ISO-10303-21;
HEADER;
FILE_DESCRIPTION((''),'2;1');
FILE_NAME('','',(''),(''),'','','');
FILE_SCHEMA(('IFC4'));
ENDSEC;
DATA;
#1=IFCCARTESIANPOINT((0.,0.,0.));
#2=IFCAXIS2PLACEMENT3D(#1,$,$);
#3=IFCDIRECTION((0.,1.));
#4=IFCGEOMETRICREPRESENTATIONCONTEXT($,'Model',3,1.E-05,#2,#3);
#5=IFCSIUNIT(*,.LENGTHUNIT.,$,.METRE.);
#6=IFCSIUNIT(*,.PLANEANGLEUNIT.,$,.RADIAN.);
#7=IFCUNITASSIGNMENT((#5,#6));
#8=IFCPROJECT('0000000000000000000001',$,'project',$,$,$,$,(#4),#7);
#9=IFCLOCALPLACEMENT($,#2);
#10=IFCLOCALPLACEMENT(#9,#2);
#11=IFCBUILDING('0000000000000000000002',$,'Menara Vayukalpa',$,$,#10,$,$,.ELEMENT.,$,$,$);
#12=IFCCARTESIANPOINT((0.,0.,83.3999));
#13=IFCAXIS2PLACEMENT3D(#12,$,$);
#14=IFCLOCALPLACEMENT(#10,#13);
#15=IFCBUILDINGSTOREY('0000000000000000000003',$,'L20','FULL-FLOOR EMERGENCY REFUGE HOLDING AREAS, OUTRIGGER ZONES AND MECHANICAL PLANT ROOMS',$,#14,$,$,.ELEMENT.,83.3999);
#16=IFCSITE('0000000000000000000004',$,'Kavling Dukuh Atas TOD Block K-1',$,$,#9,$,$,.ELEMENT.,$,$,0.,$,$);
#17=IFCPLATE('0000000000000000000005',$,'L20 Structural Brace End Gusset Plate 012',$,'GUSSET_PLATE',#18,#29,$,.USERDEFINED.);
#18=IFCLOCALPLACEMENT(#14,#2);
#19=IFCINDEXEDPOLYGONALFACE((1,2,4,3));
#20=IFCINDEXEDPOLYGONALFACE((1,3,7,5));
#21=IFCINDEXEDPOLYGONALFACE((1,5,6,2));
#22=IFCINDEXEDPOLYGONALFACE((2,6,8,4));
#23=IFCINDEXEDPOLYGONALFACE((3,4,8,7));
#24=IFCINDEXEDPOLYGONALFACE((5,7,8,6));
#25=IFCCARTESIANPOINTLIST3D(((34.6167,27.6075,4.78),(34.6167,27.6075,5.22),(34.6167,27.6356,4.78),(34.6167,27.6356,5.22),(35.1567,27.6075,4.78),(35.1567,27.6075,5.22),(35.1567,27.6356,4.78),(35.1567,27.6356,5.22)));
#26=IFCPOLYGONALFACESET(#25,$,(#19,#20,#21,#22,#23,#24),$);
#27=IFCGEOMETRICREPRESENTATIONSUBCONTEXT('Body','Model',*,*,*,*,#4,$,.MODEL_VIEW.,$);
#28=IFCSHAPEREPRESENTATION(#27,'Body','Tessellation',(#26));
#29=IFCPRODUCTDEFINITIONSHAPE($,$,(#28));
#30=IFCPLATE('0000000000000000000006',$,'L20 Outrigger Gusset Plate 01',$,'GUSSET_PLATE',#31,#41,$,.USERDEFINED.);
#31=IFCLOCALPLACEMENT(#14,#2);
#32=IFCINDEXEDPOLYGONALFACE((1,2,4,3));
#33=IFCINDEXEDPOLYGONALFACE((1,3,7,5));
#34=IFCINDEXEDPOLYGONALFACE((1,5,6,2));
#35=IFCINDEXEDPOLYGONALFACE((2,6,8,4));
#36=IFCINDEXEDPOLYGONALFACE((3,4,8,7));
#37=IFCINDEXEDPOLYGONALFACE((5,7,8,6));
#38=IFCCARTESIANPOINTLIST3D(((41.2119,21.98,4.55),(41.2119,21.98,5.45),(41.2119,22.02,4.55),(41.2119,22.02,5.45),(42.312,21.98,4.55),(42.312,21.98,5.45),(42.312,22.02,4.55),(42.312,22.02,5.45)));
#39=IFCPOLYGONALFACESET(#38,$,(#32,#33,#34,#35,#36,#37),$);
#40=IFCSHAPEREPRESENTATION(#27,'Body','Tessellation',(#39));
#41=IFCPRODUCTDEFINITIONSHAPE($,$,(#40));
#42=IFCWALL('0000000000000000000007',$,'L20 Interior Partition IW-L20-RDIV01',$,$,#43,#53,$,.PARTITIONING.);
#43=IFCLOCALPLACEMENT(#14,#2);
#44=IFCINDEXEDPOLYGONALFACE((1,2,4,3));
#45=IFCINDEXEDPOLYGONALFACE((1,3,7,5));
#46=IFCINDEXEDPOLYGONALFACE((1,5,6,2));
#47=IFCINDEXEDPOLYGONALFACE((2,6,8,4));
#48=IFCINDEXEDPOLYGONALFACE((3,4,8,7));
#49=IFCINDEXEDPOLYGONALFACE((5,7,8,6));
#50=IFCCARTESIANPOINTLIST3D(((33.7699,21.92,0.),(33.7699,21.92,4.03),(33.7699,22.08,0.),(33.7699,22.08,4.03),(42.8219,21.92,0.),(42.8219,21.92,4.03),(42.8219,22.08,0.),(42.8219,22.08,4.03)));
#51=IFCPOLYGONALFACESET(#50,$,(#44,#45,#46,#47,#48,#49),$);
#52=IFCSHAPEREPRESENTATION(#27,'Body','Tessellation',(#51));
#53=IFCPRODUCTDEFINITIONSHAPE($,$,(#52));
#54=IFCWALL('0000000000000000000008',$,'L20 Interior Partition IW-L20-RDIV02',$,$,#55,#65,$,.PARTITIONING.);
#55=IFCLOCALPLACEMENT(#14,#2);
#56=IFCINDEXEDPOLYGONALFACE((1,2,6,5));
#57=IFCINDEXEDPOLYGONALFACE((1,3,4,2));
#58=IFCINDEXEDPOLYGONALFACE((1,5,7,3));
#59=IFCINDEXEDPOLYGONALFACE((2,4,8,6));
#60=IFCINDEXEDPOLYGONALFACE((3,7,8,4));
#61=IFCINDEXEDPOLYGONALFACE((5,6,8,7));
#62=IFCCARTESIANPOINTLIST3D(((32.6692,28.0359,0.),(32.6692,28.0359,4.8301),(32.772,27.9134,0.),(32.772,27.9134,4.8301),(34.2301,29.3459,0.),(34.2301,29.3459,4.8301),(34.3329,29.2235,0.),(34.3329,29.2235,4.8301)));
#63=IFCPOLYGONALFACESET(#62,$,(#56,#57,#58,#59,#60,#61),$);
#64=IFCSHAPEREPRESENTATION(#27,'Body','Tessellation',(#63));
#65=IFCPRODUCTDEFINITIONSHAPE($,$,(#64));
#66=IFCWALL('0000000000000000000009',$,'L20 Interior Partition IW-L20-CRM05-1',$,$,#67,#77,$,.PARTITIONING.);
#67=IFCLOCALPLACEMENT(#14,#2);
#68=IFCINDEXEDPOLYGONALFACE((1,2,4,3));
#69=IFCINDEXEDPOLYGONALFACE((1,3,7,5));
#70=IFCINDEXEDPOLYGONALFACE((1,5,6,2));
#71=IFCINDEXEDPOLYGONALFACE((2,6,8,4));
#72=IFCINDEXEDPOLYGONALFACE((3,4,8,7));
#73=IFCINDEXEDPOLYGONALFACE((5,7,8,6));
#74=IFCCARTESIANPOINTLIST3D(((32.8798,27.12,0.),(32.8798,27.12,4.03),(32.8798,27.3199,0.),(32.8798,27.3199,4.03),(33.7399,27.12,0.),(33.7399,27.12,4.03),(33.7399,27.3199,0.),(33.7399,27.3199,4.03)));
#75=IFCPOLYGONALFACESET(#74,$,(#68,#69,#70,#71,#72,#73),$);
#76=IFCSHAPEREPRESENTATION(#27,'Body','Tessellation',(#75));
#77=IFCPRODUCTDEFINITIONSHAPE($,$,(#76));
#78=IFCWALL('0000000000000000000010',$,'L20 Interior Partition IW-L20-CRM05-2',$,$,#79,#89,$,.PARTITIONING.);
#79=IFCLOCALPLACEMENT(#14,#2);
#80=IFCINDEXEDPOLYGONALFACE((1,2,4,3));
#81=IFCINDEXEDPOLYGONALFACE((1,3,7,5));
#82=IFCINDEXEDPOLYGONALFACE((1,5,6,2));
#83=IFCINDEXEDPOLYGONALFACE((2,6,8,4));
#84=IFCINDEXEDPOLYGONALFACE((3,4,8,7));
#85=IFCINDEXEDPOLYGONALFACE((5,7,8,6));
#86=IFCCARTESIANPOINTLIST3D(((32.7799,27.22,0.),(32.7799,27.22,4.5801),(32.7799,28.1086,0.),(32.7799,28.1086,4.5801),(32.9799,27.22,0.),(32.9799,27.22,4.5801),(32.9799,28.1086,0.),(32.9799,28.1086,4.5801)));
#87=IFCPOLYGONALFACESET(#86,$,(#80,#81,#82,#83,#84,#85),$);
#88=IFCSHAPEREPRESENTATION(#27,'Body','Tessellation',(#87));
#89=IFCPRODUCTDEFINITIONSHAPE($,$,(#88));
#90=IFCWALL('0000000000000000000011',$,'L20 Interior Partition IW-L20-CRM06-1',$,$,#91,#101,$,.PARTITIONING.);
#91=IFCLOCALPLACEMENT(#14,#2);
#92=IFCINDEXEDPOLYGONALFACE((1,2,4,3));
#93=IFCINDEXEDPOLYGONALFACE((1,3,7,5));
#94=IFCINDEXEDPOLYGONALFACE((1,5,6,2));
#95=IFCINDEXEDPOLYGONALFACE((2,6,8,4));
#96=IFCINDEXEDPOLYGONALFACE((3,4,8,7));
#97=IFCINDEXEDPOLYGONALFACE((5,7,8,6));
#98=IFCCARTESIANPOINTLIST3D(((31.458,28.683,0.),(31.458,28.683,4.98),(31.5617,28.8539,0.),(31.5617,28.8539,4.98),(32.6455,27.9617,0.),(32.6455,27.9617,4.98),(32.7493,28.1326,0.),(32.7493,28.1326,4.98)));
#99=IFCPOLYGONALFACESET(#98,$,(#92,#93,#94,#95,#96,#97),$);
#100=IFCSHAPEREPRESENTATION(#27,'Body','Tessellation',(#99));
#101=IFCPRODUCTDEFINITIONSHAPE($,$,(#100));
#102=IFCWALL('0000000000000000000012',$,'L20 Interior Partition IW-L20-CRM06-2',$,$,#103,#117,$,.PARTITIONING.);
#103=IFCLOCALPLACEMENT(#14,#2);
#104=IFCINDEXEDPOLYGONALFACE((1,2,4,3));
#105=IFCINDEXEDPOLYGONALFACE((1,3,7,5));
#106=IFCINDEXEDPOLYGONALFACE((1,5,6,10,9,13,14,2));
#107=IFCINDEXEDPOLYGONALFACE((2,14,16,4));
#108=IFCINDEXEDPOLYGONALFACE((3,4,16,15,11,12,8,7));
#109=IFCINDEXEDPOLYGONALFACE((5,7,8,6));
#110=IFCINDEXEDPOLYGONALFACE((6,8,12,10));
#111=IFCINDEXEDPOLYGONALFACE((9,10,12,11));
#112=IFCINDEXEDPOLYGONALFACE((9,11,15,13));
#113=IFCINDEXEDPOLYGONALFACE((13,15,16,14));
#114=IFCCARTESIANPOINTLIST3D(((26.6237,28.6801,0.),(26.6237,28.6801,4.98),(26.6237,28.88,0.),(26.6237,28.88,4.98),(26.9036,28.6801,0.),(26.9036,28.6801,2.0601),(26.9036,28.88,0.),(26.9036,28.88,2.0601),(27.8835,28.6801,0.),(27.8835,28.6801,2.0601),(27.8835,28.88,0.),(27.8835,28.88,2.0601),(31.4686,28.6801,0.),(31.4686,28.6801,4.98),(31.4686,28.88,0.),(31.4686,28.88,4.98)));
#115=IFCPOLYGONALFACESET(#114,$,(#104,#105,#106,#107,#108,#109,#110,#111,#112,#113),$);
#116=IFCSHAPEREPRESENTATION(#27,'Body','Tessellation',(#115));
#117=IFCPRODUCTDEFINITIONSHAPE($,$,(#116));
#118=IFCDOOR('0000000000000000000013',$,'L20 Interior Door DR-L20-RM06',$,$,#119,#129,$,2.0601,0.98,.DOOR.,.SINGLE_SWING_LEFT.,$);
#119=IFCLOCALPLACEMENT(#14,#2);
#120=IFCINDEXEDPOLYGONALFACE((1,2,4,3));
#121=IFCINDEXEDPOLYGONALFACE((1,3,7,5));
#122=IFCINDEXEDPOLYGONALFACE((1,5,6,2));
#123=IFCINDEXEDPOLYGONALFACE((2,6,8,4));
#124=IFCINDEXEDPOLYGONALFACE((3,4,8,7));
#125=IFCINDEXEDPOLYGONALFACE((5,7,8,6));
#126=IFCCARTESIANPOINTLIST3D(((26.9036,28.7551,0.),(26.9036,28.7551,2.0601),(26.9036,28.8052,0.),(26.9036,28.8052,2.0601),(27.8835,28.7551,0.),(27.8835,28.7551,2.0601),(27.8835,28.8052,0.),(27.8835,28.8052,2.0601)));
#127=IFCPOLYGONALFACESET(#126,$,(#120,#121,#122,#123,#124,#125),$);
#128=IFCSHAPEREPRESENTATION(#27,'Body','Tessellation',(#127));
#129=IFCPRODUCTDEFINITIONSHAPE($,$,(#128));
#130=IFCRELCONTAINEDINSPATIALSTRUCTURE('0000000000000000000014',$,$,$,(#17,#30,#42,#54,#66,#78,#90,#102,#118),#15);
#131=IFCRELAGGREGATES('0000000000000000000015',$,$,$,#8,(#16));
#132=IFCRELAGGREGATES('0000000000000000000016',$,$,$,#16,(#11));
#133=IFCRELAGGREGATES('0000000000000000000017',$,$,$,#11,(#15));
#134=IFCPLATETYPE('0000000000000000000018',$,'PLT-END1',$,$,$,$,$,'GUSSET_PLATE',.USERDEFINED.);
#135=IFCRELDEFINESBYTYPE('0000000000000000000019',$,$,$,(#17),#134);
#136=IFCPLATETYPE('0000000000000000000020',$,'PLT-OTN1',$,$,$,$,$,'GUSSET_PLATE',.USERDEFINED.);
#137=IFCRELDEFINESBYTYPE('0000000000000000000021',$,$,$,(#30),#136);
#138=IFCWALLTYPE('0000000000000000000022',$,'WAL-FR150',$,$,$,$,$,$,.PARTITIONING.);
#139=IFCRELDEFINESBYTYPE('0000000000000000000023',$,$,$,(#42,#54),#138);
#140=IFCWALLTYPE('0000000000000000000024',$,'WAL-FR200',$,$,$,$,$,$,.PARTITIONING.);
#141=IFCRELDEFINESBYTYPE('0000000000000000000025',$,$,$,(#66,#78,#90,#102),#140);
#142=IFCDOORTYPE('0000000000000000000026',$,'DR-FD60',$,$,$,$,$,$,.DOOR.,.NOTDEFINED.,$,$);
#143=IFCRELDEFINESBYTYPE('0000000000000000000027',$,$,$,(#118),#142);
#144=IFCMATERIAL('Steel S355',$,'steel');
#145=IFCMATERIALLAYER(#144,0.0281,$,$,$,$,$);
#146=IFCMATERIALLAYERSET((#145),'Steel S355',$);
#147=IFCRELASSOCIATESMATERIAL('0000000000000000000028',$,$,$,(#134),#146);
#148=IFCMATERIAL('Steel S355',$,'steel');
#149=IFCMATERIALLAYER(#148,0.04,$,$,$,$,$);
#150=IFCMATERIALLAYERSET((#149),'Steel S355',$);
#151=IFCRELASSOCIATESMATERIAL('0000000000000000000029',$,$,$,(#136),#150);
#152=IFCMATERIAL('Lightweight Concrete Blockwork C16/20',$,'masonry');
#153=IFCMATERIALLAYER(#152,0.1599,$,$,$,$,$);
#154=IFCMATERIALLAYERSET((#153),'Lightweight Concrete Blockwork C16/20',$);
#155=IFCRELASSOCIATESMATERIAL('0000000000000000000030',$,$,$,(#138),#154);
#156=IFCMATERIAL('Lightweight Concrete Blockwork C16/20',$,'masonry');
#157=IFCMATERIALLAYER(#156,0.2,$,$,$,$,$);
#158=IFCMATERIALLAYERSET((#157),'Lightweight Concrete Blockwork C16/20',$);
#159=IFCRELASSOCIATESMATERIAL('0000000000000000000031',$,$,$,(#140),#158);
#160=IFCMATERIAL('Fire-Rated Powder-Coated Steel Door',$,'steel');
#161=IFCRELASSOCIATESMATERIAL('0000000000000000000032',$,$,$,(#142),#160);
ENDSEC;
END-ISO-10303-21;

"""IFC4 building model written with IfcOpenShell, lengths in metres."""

from ifc_helpers import new_model, si_unit, direction, frame, frame_2d, origin, origin_2d, place, context, subcontext, project, spatial, rectangle, extrude, material, layer, layer_set, type_object, element, fill, save


model = new_model("IFC4")

# Units and contexts
model_context = context("Model", 3, precision=1e-05, world=origin(), true_north=direction((0.0, 1.0)))
body_context = subcontext(model_context, "Body", "Model", "MODEL_VIEW")
ifc_project = project(units=[si_unit("LENGTHUNIT", "METRE"), si_unit("PLANEANGLEUNIT", "RADIAN")], contexts=[model_context])

# Site, building, storey
site_placement = place(None, origin())
site = spatial("IfcSite", under=ifc_project, at=site_placement, Name="Kavling Dukuh Atas TOD Block K-1", CompositionType="ELEMENT", RefElevation=0.0)
building_placement = place(site_placement, origin())
building = spatial("IfcBuilding", under=site, at=building_placement, Name="Menara Vayukalpa", CompositionType="ELEMENT")
storey_placement = place(building_placement, frame((0.0, 0.0, 83.3999)))
storey = spatial("IfcBuildingStorey", under=building, at=storey_placement, Name="L20", Description="FULL-FLOOR EMERGENCY REFUGE HOLDING AREAS, OUTRIGGER ZONES AND MECHANICAL PLANT ROOMS", CompositionType="ELEMENT", Elevation=83.3999)

# Plates
ifc_material_1 = material(Name="Steel S355", Category="steel")
ifc_layer_1 = layer(ifc_material_1, 0.0281)
ifc_layer_set_1 = layer_set([ifc_layer_1], Name="Steel S355")
plate_type_1 = type_object("IfcPlateType", Name="PLT-END1", ElementType="GUSSET_PLATE", PredefinedType="USERDEFINED", material=ifc_layer_set_1)
for number, where, z_axis, x_axis, name in (
    (1, (34.8867, 27.6216, 4.78), (0.0, 0.0, 1.0), (1.0, 0.0, 0.0), "L20 Structural Brace End Gusset Plate 012"),
):
    element("IfcPlate", number, at=place(storey_placement, frame(where, z_axis=z_axis, x_axis=x_axis)), inside=storey, type_object=plate_type_1, Name=name, ObjectType="GUSSET_PLATE", PredefinedType="USERDEFINED", context=body_context, shape_type="SweptSolid", body=[
        extrude(rectangle(XDim=0.54, YDim=0.0281, at=origin_2d()), origin(), (0.0, 0.0, 1.0), 0.4399),
    ])
ifc_material_2 = material(Name="Steel S355", Category="steel")
ifc_layer_2 = layer(ifc_material_2, 0.04)
ifc_layer_set_2 = layer_set([ifc_layer_2], Name="Steel S355")
plate_type_2 = type_object("IfcPlateType", Name="PLT-OTN1", ElementType="GUSSET_PLATE", PredefinedType="USERDEFINED", material=ifc_layer_set_2)
plate_placement = place(storey_placement, frame((41.762, 22.0, 4.55), z_axis=(0.0, 0.0, 1.0), x_axis=(1.0, 0.0, 0.0)))
element("IfcPlate", 2, at=plate_placement, inside=storey, type_object=plate_type_2, Name="L20 Outrigger Gusset Plate 01", ObjectType="GUSSET_PLATE", PredefinedType="USERDEFINED", context=body_context, shape_type="SweptSolid", body=[
    extrude(rectangle(XDim=1.1001, YDim=0.04, at=origin_2d()), origin(), (0.0, 0.0, 1.0), 0.8999),
])

# Walls
ifc_material_3 = material(Name="Lightweight Concrete Blockwork C16/20", Category="masonry")
ifc_layer_3 = layer(ifc_material_3, 0.1599)
ifc_layer_set_3 = layer_set([ifc_layer_3], Name="Lightweight Concrete Blockwork C16/20")
wall_type_1 = type_object("IfcWallType", Name="WAL-FR150", PredefinedType="PARTITIONING", material=ifc_layer_set_3)
wall_1_placement = place(storey_placement, frame((33.77, 22.0, 0.0), z_axis=(0.0, 0.0, 1.0), x_axis=(1.0, 0.0, 0.0)))
element("IfcWall", 3, at=wall_1_placement, inside=storey, type_object=wall_type_1, Name="L20 Interior Partition IW-L20-RDIV01", PredefinedType="PARTITIONING", context=body_context, shape_type="SweptSolid", body=[
    extrude(rectangle(XDim=9.052, YDim=0.1599, at=frame_2d((4.5259, 0.0))), origin(), (0.0, 0.0, 1.0), 4.03),
])
wall_2_placement = place(storey_placement, frame((32.7205, 27.9746, 0.0), z_axis=(0.0, 0.0, 1.0), x_axis=(0.765997, 0.642844, 0.0)))
element("IfcWall", 4, at=wall_2_placement, inside=storey, type_object=wall_type_1, Name="L20 Interior Partition IW-L20-RDIV02", PredefinedType="PARTITIONING", context=body_context, shape_type="SweptSolid", body=[
    extrude(rectangle(XDim=2.0378, YDim=0.1599, at=frame_2d((1.019, 0.0))), origin(), (0.0, 0.0, 1.0), 4.8301),
])
ifc_material_4 = material(Name="Lightweight Concrete Blockwork C16/20", Category="masonry")
ifc_layer_4 = layer(ifc_material_4, 0.2)
ifc_layer_set_4 = layer_set([ifc_layer_4], Name="Lightweight Concrete Blockwork C16/20")
wall_type_2 = type_object("IfcWallType", Name="WAL-FR200", PredefinedType="PARTITIONING", material=ifc_layer_set_4)
wall_3_placement = place(storey_placement, frame((33.74, 27.22, 0.0), z_axis=(0.0, 0.0, 1.0), x_axis=(-1.0, 0.0, 0.0)))
element("IfcWall", 5, at=wall_3_placement, inside=storey, type_object=wall_type_2, Name="L20 Interior Partition IW-L20-CRM05-1", PredefinedType="PARTITIONING", context=body_context, shape_type="SweptSolid", body=[
    extrude(rectangle(XDim=0.8601, YDim=0.2, at=frame_2d((0.4302, 0.0))), origin(), (0.0, 0.0, 1.0), 4.03),
])
wall_4_placement = place(storey_placement, frame((32.8799, 27.22, 0.0), z_axis=(0.0, 0.0, 1.0), x_axis=(0.0, 1.0, 0.0)))
element("IfcWall", 6, at=wall_4_placement, inside=storey, type_object=wall_type_2, Name="L20 Interior Partition IW-L20-CRM05-2", PredefinedType="PARTITIONING", context=body_context, shape_type="SweptSolid", body=[
    extrude(rectangle(XDim=0.8887, YDim=0.2, at=frame_2d((0.4443, 0.0))), origin(), (0.0, 0.0, 1.0), 4.5801),
])
wall_5_placement = place(storey_placement, frame((32.6975, 28.0471, 0.0), z_axis=(0.0, 0.0, 1.0), x_axis=(-0.854721, 0.519088, 0.0)))
element("IfcWall", 7, at=wall_5_placement, inside=storey, type_object=wall_type_2, Name="L20 Interior Partition IW-L20-CRM06-1", PredefinedType="PARTITIONING", context=body_context, shape_type="SweptSolid", body=[
    extrude(rectangle(XDim=1.3894, YDim=0.2, at=frame_2d((0.6948, 0.0))), origin(), (0.0, 0.0, 1.0), 4.98),
])

# Wall, opening, door
wall_6_placement = place(storey_placement, frame((31.4685, 28.78, 0.0), z_axis=(0.0, 0.0, 1.0), x_axis=(-1.0, 0.0, 0.0)))
wall_6 = element("IfcWall", 8, at=wall_6_placement, inside=storey, type_object=wall_type_2, Name="L20 Interior Partition IW-L20-CRM06-2", PredefinedType="PARTITIONING", context=body_context, shape_type="SweptSolid", body=[
    extrude(rectangle(XDim=4.845, YDim=0.2, at=frame_2d((2.4224, 0.0))), origin(), (0.0, 0.0, 1.0), 4.98),
])
opening_placement = place(wall_6_placement, frame((3.585, 0.0, 0.0)))
opening = element("IfcOpeningElement", 9, at=opening_placement, cuts=wall_6, PredefinedType="OPENING", context=body_context, shape_type="SweptSolid", body=[
    extrude(rectangle(XDim=0.98, YDim=2.0601, at=frame_2d((0.49, 1.03))), frame((0.0, 0.1099, 0.0), z_axis=(0.0, -1.0, 0.0), x_axis=(1.0, 0.0, 0.0)), (0.0, 0.0, 1.0), 0.22),
])
ifc_material_5 = material(Name="Fire-Rated Powder-Coated Steel Door", Category="steel")
door_type = type_object("IfcDoorType", Name="DR-FD60", OperationType="NOTDEFINED", PredefinedType="DOOR", material=ifc_material_5)
door_placement = place(opening_placement, origin())
door = element("IfcDoor", 10, at=door_placement, inside=storey, type_object=door_type, Name="L20 Interior Door DR-L20-RM06", OperationType="SINGLE_SWING_LEFT", OverallHeight=2.0601, OverallWidth=0.98, PredefinedType="DOOR", context=body_context, shape_type="SweptSolid", body=[
    extrude(rectangle(XDim=0.98, YDim=2.0601, at=frame_2d((0.49, 1.03))), frame((0.0, 0.0249, 0.0), z_axis=(0.0, -1.0, 0.0), x_axis=(1.0, 0.0, 0.0)), (0.0, 0.0, 1.0), 0.05),
])
fill(opening, door)

save(model, "model.ifc")
